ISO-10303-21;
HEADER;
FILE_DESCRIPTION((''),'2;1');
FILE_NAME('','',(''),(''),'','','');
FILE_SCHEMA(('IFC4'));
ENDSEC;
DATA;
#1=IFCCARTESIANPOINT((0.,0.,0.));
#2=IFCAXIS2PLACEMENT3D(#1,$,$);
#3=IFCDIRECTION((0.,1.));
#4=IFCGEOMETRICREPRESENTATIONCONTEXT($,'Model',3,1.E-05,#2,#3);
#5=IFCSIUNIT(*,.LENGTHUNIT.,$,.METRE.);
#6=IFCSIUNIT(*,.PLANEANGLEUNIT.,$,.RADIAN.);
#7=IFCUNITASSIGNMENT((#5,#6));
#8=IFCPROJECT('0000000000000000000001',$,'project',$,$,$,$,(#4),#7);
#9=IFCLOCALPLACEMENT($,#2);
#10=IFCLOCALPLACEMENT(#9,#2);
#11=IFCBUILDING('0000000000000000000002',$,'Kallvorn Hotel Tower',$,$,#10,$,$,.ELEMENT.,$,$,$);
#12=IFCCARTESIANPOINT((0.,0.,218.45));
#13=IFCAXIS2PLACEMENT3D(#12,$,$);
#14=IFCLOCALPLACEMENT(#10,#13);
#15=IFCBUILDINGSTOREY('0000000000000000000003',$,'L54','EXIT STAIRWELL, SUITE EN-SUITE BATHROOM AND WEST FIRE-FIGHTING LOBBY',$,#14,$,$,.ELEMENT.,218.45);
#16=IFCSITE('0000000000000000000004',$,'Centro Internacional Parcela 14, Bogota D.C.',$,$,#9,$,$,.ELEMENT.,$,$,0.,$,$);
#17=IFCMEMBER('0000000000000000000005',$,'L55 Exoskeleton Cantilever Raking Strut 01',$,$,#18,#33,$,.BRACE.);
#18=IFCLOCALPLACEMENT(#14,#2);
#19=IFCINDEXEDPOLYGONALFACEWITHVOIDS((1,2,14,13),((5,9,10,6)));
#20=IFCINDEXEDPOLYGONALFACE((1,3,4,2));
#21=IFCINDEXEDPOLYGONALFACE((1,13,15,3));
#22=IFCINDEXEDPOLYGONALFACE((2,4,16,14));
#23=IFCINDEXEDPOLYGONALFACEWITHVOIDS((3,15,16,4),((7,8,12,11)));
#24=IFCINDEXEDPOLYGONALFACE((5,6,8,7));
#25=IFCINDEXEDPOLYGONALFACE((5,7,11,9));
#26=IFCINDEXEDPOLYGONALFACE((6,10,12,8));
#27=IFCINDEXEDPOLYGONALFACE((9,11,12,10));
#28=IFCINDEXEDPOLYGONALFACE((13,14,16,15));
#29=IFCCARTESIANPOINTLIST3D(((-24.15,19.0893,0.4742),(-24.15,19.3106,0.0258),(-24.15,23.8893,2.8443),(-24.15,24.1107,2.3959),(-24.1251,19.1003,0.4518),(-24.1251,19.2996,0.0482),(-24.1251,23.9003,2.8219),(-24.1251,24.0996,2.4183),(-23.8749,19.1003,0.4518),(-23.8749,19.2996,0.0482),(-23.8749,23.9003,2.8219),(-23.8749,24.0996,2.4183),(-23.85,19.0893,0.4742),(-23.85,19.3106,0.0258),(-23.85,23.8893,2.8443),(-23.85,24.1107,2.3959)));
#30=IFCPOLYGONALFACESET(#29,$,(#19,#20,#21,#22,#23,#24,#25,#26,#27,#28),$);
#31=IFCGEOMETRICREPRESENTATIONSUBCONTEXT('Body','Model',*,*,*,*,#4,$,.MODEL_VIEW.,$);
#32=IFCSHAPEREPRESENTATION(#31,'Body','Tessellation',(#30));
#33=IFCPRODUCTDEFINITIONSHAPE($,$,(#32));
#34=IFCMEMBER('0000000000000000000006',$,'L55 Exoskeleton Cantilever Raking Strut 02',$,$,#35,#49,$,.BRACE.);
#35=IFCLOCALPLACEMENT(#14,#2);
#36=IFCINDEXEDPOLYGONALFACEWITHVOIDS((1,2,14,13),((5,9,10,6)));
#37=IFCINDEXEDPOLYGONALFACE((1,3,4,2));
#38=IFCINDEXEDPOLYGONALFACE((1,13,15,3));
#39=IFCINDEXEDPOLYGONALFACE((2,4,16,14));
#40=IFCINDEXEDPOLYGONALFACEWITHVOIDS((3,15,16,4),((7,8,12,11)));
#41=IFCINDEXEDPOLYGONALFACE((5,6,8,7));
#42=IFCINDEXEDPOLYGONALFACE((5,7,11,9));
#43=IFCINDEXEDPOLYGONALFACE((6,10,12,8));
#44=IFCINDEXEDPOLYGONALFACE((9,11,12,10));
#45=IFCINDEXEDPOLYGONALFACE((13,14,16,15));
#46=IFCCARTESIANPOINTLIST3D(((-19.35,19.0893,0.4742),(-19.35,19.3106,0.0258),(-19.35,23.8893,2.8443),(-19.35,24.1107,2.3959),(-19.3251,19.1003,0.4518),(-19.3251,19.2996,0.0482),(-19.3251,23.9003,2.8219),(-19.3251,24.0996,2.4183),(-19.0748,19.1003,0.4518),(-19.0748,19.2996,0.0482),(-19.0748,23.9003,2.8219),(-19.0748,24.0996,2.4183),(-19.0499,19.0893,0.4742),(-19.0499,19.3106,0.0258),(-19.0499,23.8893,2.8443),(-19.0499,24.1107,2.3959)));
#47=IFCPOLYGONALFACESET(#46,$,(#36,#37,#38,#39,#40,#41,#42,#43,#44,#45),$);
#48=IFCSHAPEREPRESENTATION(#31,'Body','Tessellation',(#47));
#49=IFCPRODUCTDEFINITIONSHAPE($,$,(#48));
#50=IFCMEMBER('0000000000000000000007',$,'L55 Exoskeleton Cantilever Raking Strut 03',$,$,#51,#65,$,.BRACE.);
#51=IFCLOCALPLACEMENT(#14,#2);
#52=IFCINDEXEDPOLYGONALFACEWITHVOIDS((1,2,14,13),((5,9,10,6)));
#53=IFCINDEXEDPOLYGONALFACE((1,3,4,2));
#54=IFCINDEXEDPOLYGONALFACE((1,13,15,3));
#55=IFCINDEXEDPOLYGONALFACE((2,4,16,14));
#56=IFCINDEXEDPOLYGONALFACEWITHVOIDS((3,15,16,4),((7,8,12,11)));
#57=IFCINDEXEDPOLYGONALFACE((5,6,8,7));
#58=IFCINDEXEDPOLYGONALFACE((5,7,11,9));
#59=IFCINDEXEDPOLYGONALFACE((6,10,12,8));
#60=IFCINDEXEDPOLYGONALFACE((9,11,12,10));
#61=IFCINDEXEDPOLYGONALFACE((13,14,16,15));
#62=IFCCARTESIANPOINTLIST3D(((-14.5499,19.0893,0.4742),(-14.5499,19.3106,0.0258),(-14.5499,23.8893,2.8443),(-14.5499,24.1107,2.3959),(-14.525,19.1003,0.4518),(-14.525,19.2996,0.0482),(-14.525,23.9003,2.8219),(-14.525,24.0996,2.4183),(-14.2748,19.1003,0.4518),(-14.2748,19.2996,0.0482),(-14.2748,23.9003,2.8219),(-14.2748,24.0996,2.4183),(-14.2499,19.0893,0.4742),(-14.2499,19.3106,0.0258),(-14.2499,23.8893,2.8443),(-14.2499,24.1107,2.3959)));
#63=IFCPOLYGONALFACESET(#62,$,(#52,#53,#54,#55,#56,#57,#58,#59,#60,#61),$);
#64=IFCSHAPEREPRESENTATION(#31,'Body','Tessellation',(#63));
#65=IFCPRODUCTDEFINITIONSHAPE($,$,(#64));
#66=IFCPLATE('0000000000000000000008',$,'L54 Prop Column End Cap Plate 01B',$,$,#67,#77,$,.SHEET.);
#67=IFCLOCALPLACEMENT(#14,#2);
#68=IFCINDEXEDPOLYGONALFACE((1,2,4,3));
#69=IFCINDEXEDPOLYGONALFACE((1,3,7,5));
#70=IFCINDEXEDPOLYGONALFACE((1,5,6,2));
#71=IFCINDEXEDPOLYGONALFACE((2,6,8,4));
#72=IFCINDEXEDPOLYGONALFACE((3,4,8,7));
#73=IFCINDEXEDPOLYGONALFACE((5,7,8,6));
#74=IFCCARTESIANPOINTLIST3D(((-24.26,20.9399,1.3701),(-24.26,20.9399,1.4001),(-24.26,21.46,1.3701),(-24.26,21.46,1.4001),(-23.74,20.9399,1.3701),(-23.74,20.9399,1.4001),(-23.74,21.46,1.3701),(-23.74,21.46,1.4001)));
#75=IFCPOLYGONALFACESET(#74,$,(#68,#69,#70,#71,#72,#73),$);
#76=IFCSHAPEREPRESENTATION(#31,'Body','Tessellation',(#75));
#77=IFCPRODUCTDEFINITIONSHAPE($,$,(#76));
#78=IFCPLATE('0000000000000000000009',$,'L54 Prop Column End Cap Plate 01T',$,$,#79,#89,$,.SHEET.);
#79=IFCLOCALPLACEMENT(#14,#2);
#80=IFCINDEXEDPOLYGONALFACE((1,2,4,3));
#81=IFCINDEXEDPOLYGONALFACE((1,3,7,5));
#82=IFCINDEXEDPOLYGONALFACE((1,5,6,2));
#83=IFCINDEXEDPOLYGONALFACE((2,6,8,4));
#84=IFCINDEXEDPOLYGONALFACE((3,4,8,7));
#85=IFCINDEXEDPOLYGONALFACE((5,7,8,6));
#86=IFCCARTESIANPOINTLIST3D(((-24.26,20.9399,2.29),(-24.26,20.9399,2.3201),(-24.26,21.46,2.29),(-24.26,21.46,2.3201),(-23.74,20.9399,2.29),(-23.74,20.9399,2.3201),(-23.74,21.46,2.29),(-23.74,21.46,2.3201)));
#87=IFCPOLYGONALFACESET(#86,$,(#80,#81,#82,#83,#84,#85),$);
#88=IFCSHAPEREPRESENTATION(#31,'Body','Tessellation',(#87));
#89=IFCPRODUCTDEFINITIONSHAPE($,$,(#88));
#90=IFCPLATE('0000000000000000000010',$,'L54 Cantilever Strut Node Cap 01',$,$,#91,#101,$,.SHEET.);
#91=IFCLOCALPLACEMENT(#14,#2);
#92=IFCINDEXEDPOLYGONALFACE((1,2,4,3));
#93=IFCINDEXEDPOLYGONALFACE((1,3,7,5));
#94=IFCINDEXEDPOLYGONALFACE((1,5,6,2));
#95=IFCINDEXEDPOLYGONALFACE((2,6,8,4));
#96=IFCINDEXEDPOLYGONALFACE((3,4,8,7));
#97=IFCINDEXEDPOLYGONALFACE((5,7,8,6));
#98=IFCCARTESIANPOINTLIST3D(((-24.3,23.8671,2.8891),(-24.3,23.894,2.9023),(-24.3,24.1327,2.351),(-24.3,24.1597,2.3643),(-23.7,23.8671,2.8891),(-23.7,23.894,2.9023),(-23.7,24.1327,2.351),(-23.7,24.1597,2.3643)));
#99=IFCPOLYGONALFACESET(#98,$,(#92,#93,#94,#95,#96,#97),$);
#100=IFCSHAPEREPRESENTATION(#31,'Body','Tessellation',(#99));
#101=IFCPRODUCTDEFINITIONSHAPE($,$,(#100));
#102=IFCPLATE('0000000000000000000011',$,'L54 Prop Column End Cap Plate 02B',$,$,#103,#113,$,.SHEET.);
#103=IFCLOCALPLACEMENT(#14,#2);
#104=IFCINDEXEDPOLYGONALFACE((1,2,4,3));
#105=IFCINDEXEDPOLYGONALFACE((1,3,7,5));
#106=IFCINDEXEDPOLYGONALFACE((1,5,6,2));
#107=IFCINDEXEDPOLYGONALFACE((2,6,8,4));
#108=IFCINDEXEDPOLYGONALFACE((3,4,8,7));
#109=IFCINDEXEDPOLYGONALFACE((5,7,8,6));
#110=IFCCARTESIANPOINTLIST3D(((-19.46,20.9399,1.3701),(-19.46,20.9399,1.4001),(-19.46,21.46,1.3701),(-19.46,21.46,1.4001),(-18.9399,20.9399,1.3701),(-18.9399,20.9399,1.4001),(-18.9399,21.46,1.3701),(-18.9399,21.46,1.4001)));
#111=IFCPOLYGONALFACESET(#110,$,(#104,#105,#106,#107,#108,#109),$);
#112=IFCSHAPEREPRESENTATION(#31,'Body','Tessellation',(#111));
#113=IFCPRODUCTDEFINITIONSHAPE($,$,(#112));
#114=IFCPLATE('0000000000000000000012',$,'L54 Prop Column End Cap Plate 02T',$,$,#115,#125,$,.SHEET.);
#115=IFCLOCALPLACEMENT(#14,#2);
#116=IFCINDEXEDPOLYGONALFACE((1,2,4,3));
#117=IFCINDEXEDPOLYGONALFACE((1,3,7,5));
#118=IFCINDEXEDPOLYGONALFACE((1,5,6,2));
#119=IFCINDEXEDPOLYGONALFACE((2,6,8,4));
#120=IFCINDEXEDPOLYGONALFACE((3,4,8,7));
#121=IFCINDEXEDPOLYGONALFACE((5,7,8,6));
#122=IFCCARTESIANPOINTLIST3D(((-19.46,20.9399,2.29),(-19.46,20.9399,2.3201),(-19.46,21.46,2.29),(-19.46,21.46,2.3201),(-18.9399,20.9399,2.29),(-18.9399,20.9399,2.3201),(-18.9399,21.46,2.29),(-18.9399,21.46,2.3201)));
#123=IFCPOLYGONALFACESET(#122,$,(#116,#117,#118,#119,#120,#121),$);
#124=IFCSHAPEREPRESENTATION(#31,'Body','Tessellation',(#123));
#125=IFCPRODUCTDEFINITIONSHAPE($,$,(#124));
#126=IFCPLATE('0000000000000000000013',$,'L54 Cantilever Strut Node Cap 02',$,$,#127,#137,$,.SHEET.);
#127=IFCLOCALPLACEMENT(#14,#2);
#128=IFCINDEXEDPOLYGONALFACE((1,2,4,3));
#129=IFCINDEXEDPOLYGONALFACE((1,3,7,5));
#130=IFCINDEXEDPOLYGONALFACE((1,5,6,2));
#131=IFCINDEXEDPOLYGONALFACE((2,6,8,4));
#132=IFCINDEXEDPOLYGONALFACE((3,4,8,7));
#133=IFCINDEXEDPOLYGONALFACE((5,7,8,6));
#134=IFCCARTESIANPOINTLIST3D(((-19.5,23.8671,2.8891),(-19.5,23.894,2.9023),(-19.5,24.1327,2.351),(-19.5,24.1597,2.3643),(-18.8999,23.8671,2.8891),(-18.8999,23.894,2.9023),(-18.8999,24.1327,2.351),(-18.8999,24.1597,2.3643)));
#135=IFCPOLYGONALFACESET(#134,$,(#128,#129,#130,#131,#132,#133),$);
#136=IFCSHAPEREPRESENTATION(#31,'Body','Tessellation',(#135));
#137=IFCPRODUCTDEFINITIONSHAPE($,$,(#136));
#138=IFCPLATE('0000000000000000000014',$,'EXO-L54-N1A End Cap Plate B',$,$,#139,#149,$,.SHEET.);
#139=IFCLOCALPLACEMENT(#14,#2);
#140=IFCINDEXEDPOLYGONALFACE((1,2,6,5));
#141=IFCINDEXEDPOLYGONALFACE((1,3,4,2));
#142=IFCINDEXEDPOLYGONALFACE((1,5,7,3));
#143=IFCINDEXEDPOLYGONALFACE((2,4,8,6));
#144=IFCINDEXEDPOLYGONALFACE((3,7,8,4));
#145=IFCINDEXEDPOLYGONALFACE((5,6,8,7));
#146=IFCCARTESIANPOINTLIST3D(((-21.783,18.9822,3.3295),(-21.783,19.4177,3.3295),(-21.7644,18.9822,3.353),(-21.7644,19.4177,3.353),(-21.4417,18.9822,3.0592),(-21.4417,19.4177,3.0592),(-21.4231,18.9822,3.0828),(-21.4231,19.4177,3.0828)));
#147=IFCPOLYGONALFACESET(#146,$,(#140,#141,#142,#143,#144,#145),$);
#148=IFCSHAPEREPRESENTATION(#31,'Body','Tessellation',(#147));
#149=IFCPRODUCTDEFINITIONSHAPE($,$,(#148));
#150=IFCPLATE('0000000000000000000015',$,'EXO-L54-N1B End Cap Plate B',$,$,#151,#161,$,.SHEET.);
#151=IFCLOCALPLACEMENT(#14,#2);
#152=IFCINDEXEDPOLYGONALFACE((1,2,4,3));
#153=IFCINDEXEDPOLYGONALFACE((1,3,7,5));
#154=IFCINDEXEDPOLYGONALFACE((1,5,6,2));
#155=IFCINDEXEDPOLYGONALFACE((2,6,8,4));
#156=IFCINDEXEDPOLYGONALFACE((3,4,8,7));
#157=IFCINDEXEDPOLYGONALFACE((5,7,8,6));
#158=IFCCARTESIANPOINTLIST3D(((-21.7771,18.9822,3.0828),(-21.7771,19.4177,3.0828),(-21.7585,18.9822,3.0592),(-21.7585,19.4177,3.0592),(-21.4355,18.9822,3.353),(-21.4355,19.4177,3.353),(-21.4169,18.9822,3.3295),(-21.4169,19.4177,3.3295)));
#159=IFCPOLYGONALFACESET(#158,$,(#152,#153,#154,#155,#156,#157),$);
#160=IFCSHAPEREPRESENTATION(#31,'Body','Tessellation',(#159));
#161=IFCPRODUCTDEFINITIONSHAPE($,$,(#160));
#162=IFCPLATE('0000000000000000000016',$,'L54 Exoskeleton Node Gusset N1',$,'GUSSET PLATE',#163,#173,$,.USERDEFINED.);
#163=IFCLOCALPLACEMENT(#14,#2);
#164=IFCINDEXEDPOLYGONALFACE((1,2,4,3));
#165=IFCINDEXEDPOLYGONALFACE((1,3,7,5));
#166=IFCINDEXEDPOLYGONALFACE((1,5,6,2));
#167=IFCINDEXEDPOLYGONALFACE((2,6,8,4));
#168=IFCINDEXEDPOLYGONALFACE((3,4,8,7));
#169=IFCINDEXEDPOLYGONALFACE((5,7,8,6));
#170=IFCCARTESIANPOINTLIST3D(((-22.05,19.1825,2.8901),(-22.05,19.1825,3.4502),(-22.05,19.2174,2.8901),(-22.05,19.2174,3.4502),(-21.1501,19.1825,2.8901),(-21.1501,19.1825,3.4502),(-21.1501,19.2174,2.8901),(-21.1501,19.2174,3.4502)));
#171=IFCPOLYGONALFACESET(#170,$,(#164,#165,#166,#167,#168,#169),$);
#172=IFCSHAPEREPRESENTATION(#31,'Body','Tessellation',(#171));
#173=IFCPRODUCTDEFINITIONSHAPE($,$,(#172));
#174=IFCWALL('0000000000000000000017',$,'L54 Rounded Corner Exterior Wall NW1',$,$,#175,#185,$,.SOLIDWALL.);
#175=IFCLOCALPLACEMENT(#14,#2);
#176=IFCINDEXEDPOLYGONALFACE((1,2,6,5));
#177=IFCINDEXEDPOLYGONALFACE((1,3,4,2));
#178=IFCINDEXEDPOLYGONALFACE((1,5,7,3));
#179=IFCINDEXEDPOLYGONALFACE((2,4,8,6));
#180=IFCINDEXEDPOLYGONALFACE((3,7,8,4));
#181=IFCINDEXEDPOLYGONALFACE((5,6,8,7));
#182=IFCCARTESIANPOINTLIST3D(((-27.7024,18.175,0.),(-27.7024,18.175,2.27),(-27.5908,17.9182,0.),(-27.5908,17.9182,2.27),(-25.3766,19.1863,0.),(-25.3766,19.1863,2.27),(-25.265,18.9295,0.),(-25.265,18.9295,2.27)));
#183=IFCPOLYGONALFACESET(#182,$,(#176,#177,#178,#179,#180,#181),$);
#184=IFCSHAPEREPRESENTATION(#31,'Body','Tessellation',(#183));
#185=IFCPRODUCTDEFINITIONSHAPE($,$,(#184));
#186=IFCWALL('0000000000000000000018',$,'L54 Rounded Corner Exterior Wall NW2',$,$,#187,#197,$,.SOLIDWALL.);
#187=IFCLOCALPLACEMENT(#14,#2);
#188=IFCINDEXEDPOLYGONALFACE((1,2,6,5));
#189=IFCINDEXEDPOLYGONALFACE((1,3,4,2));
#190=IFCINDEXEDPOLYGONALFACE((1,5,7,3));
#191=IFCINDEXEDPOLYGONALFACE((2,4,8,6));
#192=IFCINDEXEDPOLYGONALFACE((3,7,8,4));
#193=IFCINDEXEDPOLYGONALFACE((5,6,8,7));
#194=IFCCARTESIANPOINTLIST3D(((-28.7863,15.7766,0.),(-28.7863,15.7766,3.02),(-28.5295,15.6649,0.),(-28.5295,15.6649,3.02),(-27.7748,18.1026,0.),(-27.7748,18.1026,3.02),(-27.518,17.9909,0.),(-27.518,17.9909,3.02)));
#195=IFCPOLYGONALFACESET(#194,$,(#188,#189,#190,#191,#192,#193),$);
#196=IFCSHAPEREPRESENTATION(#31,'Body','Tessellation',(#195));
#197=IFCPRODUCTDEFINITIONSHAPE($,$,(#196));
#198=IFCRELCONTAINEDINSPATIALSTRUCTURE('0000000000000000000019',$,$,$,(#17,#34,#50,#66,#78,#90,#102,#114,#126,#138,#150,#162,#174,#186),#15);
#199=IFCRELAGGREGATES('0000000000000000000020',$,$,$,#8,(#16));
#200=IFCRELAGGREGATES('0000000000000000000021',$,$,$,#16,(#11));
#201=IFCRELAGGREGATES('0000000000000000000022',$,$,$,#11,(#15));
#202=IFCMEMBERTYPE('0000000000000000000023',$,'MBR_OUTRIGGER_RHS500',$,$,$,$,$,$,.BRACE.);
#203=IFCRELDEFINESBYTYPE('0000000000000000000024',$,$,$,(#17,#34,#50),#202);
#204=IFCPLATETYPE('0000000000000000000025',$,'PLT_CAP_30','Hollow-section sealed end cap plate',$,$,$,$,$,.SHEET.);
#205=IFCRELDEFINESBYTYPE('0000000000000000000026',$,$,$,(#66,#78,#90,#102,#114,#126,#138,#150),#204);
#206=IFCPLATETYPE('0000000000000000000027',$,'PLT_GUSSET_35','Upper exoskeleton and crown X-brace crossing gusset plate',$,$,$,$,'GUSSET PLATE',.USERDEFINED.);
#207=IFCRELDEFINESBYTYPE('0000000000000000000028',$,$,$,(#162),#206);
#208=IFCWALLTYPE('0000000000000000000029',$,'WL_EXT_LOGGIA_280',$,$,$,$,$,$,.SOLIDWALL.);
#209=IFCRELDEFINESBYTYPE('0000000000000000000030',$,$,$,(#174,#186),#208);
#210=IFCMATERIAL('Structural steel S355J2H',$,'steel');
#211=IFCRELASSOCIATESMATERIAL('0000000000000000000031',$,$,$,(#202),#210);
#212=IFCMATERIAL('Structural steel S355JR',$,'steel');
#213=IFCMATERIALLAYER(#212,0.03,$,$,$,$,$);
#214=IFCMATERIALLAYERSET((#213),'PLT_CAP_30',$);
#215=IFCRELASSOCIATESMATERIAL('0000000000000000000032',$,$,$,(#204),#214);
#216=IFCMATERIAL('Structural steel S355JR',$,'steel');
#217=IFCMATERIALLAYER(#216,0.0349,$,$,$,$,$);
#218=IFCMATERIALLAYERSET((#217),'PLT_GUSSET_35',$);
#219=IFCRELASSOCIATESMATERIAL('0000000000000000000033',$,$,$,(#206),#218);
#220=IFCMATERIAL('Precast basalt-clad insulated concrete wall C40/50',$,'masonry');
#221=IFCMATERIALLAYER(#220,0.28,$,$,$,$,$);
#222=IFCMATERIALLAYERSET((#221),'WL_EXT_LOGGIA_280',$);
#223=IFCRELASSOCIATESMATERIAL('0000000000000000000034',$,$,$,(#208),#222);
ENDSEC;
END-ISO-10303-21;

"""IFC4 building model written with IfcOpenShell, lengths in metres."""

from ifc_helpers import new_model, si_unit, direction, frame, frame_2d, origin, origin_2d, place, context, subcontext, project, spatial, polyline, rectangle, hollow_rectangle, outline, extrude, material, layer, layer_set, material_profile, profile_set, type_object, element, save


model = new_model("IFC4")

# Units and contexts
model_context = context("Model", 3, precision=1e-05, world=origin(), true_north=direction((0.0, 1.0)))
body_context = subcontext(model_context, "Body", "Model", "MODEL_VIEW")
ifc_project = project(units=[si_unit("LENGTHUNIT", "METRE"), si_unit("PLANEANGLEUNIT", "RADIAN")], contexts=[model_context])

# Site, building, storey
site_placement = place(None, origin())
site = spatial("IfcSite", under=ifc_project, at=site_placement, Name="Centro Internacional Parcela 14, Bogota D.C.", CompositionType="ELEMENT", RefElevation=0.0)
building_placement = place(site_placement, origin())
building = spatial("IfcBuilding", under=site, at=building_placement, Name="Kallvorn Hotel Tower", CompositionType="ELEMENT")
storey_placement = place(building_placement, frame((0.0, 0.0, 218.45)))
storey = spatial("IfcBuildingStorey", under=building, at=storey_placement, Name="L54", Description="EXIT STAIRWELL, SUITE EN-SUITE BATHROOM AND WEST FIRE-FIGHTING LOBBY", CompositionType="ELEMENT", Elevation=218.45)

# Members
ifc_material_1 = material(Name="Structural steel S355J2H", Category="steel")
ifc_material_profile_1 = material_profile(ifc_material_1, hollow_rectangle(XDim=0.3, YDim=0.5, WallThickness=0.0249, at=origin_2d()), Name="RHS 500x300x25")
ifc_profile_set_1 = profile_set([ifc_material_profile_1], Name="Structural steel S355J2H")
member_type_1 = type_object("IfcMemberType", Name="MBR_OUTRIGGER_RHS500", PredefinedType="BRACE", material=ifc_profile_set_1)
for number, where, z_axis, x_axis, name in (
    (1, (-24.0, 19.2, 0.25), (0.0, 0.896651, 0.442739), (-1.0, 0.0, 0.0), "L55 Exoskeleton Cantilever Raking Strut 01"),
    (2, (-19.2, 19.2, 0.25), (0.0, 0.896651, 0.442739), (-1.0, 0.0, 0.0), "L55 Exoskeleton Cantilever Raking Strut 02"),
    (3, (-14.3999, 19.2, 0.25), (0.0, 0.896651, 0.442739), (-1.0, 0.0, 0.0), "L55 Exoskeleton Cantilever Raking Strut 03"),
):
    element("IfcMember", number, at=place(storey_placement, frame(where, z_axis=z_axis, x_axis=x_axis)), inside=storey, type_object=member_type_1, Name=name, PredefinedType="BRACE", context=body_context, shape_type="SweptSolid", body=[
        extrude(hollow_rectangle(XDim=0.3, YDim=0.5, WallThickness=0.0249, at=origin_2d()), origin(), (0.0, 0.0, 1.0), 5.3533),
    ])

# Plates
ifc_material_2 = material(Name="Structural steel S355JR", Category="steel")
ifc_layer_1 = layer(ifc_material_2, 0.03)
ifc_layer_set_1 = layer_set([ifc_layer_1], Name="PLT_CAP_30")
plate_type_1 = type_object("IfcPlateType", Name="PLT_CAP_30", Description="Hollow-section sealed end cap plate", PredefinedType="SHEET", material=ifc_layer_set_1)
for number, where, z_axis, x_axis, name in (
    (4, (-24.0, 21.2, 1.3701), (0.0, 0.0, 1.0), (1.0, 0.0, 0.0), "L54 Prop Column End Cap Plate 01B"),
    (5, (-24.0, 21.2, 2.29), (0.0, 0.0, 1.0), (1.0, 0.0, 0.0), "L54 Prop Column End Cap Plate 01T"),
):
    element("IfcPlate", number, at=place(storey_placement, frame(where, z_axis=z_axis, x_axis=x_axis)), inside=storey, type_object=plate_type_1, Name=name, PredefinedType="SHEET", context=body_context, shape_type="SweptSolid", body=[
        extrude(rectangle(XDim=0.52, YDim=0.52, at=origin_2d()), origin(), (0.0, 0.0, 1.0), 0.03),
    ])
plate_1_placement = place(storey_placement, frame((-23.7, 24.1597, 2.3643), z_axis=(0.0, 0.896694, 0.442651), x_axis=(-1.0, 0.0, 0.0)))
element("IfcPlate", 6, at=plate_1_placement, inside=storey, type_object=plate_type_1, Name="L54 Cantilever Strut Node Cap 01", PredefinedType="SHEET", context=body_context, shape_type="SweptSolid", body=[
    extrude(outline(polyline([(0.0, 0.0), (0.6001, 0.0), (0.6001, 0.6001), (0.0, 0.6001), (0.0, 0.0)])), origin(), (0.0, 0.0, -1.0), 0.03),
])
for number, where, z_axis, x_axis, name in (
    (7, (-19.2, 21.2, 1.3701), (0.0, 0.0, 1.0), (1.0, 0.0, 0.0), "L54 Prop Column End Cap Plate 02B"),
    (8, (-19.2, 21.2, 2.29), (0.0, 0.0, 1.0), (1.0, 0.0, 0.0), "L54 Prop Column End Cap Plate 02T"),
):
    element("IfcPlate", number, at=place(storey_placement, frame(where, z_axis=z_axis, x_axis=x_axis)), inside=storey, type_object=plate_type_1, Name=name, PredefinedType="SHEET", context=body_context, shape_type="SweptSolid", body=[
        extrude(rectangle(XDim=0.52, YDim=0.52, at=origin_2d()), origin(), (0.0, 0.0, 1.0), 0.03),
    ])
plate_2_placement = place(storey_placement, frame((-18.8999, 24.1597, 2.3643), z_axis=(0.0, 0.896694, 0.442651), x_axis=(-1.0, 0.0, 0.0)))
element("IfcPlate", 9, at=plate_2_placement, inside=storey, type_object=plate_type_1, Name="L54 Cantilever Strut Node Cap 02", PredefinedType="SHEET", context=body_context, shape_type="SweptSolid", body=[
    extrude(outline(polyline([(0.0, 0.0), (0.6001, 0.0), (0.6001, 0.6001), (0.0, 0.6001), (0.0, 0.0)])), origin(), (0.0, 0.0, -1.0), 0.03),
])
plate_3_placement = place(storey_placement, frame((-21.4231, 18.9822, 3.0828), z_axis=(0.620789, 0.0, 0.783978), x_axis=(0.0, 1.0, 0.0)))
element("IfcPlate", 10, at=plate_3_placement, inside=storey, type_object=plate_type_1, Name="EXO-L54-N1A End Cap Plate B", PredefinedType="SHEET", context=body_context, shape_type="SweptSolid", body=[
    extrude(outline(polyline([(0.0, 0.0), (0.4355, 0.0), (0.4355, 0.4354), (0.0, 0.4354), (0.0, 0.0)])), origin(), (0.0, 0.0, -1.0), 0.03),
])
plate_4_placement = place(storey_placement, frame((-21.7771, 19.4177, 3.0828), z_axis=(-0.620516, 0.0, 0.784194), x_axis=(0.0, -1.0, 0.0)))
element("IfcPlate", 11, at=plate_4_placement, inside=storey, type_object=plate_type_1, Name="EXO-L54-N1B End Cap Plate B", PredefinedType="SHEET", context=body_context, shape_type="SweptSolid", body=[
    extrude(outline(polyline([(0.0, 0.0), (0.4355, 0.0), (0.4355, 0.4355), (0.0, 0.4355), (0.0, 0.0)])), origin(), (0.0, 0.0, -1.0), 0.03),
])
ifc_material_3 = material(Name="Structural steel S355JR", Category="steel")
ifc_layer_2 = layer(ifc_material_3, 0.0349)
ifc_layer_set_2 = layer_set([ifc_layer_2], Name="PLT_GUSSET_35")
plate_type_2 = type_object("IfcPlateType", Name="PLT_GUSSET_35", Description="Upper exoskeleton and crown X-brace crossing gusset plate", ElementType="GUSSET PLATE", PredefinedType="USERDEFINED", material=ifc_layer_set_2)
plate_5_placement = place(storey_placement, frame((-21.6001, 19.2, 2.8901), z_axis=(0.0, 0.0, 1.0), x_axis=(1.0, 0.0, 0.0)))
element("IfcPlate", 12, at=plate_5_placement, inside=storey, type_object=plate_type_2, Name="L54 Exoskeleton Node Gusset N1", ObjectType="GUSSET PLATE", PredefinedType="USERDEFINED", context=body_context, shape_type="SweptSolid", body=[
    extrude(rectangle(XDim=0.8999, YDim=0.0349, at=origin_2d()), origin(), (0.0, 0.0, 1.0), 0.5601),
])

# Walls
ifc_material_4 = material(Name="Precast basalt-clad insulated concrete wall C40/50", Category="masonry")
ifc_layer_3 = layer(ifc_material_4, 0.28)
ifc_layer_set_3 = layer_set([ifc_layer_3], Name="WL_EXT_LOGGIA_280")
wall_type = type_object("IfcWallType", Name="WL_EXT_LOGGIA_280", PredefinedType="SOLIDWALL", material=ifc_layer_set_3)
wall_1_placement = place(storey_placement, frame((-25.3208, 19.0579, 0.0), z_axis=(0.0, 0.0, 1.0), x_axis=(-0.917061, -0.398747, 0.0)))
element("IfcWall", 13, at=wall_1_placement, inside=storey, type_object=wall_type, Name="L54 Rounded Corner Exterior Wall NW1", PredefinedType="SOLIDWALL", context=body_context, shape_type="SweptSolid", body=[
    extrude(rectangle(XDim=2.5361, YDim=0.28, at=frame_2d((1.2681, 0.0))), origin(), (0.0, 0.0, 1.0), 2.27),
])
wall_2_placement = place(storey_placement, frame((-27.6465, 18.0466, 0.0), z_axis=(0.0, 0.0, 1.0), x_axis=(-0.398793, -0.917041, 0.0)))
element("IfcWall", 14, at=wall_2_placement, inside=storey, type_object=wall_type, Name="L54 Rounded Corner Exterior Wall NW2", PredefinedType="SOLIDWALL", context=body_context, shape_type="SweptSolid", body=[
    extrude(rectangle(XDim=2.5364, YDim=0.28, at=frame_2d((1.2681, 0.0))), origin(), (0.0, 0.0, 1.0), 3.02),
])

save(model, "model.ifc")
